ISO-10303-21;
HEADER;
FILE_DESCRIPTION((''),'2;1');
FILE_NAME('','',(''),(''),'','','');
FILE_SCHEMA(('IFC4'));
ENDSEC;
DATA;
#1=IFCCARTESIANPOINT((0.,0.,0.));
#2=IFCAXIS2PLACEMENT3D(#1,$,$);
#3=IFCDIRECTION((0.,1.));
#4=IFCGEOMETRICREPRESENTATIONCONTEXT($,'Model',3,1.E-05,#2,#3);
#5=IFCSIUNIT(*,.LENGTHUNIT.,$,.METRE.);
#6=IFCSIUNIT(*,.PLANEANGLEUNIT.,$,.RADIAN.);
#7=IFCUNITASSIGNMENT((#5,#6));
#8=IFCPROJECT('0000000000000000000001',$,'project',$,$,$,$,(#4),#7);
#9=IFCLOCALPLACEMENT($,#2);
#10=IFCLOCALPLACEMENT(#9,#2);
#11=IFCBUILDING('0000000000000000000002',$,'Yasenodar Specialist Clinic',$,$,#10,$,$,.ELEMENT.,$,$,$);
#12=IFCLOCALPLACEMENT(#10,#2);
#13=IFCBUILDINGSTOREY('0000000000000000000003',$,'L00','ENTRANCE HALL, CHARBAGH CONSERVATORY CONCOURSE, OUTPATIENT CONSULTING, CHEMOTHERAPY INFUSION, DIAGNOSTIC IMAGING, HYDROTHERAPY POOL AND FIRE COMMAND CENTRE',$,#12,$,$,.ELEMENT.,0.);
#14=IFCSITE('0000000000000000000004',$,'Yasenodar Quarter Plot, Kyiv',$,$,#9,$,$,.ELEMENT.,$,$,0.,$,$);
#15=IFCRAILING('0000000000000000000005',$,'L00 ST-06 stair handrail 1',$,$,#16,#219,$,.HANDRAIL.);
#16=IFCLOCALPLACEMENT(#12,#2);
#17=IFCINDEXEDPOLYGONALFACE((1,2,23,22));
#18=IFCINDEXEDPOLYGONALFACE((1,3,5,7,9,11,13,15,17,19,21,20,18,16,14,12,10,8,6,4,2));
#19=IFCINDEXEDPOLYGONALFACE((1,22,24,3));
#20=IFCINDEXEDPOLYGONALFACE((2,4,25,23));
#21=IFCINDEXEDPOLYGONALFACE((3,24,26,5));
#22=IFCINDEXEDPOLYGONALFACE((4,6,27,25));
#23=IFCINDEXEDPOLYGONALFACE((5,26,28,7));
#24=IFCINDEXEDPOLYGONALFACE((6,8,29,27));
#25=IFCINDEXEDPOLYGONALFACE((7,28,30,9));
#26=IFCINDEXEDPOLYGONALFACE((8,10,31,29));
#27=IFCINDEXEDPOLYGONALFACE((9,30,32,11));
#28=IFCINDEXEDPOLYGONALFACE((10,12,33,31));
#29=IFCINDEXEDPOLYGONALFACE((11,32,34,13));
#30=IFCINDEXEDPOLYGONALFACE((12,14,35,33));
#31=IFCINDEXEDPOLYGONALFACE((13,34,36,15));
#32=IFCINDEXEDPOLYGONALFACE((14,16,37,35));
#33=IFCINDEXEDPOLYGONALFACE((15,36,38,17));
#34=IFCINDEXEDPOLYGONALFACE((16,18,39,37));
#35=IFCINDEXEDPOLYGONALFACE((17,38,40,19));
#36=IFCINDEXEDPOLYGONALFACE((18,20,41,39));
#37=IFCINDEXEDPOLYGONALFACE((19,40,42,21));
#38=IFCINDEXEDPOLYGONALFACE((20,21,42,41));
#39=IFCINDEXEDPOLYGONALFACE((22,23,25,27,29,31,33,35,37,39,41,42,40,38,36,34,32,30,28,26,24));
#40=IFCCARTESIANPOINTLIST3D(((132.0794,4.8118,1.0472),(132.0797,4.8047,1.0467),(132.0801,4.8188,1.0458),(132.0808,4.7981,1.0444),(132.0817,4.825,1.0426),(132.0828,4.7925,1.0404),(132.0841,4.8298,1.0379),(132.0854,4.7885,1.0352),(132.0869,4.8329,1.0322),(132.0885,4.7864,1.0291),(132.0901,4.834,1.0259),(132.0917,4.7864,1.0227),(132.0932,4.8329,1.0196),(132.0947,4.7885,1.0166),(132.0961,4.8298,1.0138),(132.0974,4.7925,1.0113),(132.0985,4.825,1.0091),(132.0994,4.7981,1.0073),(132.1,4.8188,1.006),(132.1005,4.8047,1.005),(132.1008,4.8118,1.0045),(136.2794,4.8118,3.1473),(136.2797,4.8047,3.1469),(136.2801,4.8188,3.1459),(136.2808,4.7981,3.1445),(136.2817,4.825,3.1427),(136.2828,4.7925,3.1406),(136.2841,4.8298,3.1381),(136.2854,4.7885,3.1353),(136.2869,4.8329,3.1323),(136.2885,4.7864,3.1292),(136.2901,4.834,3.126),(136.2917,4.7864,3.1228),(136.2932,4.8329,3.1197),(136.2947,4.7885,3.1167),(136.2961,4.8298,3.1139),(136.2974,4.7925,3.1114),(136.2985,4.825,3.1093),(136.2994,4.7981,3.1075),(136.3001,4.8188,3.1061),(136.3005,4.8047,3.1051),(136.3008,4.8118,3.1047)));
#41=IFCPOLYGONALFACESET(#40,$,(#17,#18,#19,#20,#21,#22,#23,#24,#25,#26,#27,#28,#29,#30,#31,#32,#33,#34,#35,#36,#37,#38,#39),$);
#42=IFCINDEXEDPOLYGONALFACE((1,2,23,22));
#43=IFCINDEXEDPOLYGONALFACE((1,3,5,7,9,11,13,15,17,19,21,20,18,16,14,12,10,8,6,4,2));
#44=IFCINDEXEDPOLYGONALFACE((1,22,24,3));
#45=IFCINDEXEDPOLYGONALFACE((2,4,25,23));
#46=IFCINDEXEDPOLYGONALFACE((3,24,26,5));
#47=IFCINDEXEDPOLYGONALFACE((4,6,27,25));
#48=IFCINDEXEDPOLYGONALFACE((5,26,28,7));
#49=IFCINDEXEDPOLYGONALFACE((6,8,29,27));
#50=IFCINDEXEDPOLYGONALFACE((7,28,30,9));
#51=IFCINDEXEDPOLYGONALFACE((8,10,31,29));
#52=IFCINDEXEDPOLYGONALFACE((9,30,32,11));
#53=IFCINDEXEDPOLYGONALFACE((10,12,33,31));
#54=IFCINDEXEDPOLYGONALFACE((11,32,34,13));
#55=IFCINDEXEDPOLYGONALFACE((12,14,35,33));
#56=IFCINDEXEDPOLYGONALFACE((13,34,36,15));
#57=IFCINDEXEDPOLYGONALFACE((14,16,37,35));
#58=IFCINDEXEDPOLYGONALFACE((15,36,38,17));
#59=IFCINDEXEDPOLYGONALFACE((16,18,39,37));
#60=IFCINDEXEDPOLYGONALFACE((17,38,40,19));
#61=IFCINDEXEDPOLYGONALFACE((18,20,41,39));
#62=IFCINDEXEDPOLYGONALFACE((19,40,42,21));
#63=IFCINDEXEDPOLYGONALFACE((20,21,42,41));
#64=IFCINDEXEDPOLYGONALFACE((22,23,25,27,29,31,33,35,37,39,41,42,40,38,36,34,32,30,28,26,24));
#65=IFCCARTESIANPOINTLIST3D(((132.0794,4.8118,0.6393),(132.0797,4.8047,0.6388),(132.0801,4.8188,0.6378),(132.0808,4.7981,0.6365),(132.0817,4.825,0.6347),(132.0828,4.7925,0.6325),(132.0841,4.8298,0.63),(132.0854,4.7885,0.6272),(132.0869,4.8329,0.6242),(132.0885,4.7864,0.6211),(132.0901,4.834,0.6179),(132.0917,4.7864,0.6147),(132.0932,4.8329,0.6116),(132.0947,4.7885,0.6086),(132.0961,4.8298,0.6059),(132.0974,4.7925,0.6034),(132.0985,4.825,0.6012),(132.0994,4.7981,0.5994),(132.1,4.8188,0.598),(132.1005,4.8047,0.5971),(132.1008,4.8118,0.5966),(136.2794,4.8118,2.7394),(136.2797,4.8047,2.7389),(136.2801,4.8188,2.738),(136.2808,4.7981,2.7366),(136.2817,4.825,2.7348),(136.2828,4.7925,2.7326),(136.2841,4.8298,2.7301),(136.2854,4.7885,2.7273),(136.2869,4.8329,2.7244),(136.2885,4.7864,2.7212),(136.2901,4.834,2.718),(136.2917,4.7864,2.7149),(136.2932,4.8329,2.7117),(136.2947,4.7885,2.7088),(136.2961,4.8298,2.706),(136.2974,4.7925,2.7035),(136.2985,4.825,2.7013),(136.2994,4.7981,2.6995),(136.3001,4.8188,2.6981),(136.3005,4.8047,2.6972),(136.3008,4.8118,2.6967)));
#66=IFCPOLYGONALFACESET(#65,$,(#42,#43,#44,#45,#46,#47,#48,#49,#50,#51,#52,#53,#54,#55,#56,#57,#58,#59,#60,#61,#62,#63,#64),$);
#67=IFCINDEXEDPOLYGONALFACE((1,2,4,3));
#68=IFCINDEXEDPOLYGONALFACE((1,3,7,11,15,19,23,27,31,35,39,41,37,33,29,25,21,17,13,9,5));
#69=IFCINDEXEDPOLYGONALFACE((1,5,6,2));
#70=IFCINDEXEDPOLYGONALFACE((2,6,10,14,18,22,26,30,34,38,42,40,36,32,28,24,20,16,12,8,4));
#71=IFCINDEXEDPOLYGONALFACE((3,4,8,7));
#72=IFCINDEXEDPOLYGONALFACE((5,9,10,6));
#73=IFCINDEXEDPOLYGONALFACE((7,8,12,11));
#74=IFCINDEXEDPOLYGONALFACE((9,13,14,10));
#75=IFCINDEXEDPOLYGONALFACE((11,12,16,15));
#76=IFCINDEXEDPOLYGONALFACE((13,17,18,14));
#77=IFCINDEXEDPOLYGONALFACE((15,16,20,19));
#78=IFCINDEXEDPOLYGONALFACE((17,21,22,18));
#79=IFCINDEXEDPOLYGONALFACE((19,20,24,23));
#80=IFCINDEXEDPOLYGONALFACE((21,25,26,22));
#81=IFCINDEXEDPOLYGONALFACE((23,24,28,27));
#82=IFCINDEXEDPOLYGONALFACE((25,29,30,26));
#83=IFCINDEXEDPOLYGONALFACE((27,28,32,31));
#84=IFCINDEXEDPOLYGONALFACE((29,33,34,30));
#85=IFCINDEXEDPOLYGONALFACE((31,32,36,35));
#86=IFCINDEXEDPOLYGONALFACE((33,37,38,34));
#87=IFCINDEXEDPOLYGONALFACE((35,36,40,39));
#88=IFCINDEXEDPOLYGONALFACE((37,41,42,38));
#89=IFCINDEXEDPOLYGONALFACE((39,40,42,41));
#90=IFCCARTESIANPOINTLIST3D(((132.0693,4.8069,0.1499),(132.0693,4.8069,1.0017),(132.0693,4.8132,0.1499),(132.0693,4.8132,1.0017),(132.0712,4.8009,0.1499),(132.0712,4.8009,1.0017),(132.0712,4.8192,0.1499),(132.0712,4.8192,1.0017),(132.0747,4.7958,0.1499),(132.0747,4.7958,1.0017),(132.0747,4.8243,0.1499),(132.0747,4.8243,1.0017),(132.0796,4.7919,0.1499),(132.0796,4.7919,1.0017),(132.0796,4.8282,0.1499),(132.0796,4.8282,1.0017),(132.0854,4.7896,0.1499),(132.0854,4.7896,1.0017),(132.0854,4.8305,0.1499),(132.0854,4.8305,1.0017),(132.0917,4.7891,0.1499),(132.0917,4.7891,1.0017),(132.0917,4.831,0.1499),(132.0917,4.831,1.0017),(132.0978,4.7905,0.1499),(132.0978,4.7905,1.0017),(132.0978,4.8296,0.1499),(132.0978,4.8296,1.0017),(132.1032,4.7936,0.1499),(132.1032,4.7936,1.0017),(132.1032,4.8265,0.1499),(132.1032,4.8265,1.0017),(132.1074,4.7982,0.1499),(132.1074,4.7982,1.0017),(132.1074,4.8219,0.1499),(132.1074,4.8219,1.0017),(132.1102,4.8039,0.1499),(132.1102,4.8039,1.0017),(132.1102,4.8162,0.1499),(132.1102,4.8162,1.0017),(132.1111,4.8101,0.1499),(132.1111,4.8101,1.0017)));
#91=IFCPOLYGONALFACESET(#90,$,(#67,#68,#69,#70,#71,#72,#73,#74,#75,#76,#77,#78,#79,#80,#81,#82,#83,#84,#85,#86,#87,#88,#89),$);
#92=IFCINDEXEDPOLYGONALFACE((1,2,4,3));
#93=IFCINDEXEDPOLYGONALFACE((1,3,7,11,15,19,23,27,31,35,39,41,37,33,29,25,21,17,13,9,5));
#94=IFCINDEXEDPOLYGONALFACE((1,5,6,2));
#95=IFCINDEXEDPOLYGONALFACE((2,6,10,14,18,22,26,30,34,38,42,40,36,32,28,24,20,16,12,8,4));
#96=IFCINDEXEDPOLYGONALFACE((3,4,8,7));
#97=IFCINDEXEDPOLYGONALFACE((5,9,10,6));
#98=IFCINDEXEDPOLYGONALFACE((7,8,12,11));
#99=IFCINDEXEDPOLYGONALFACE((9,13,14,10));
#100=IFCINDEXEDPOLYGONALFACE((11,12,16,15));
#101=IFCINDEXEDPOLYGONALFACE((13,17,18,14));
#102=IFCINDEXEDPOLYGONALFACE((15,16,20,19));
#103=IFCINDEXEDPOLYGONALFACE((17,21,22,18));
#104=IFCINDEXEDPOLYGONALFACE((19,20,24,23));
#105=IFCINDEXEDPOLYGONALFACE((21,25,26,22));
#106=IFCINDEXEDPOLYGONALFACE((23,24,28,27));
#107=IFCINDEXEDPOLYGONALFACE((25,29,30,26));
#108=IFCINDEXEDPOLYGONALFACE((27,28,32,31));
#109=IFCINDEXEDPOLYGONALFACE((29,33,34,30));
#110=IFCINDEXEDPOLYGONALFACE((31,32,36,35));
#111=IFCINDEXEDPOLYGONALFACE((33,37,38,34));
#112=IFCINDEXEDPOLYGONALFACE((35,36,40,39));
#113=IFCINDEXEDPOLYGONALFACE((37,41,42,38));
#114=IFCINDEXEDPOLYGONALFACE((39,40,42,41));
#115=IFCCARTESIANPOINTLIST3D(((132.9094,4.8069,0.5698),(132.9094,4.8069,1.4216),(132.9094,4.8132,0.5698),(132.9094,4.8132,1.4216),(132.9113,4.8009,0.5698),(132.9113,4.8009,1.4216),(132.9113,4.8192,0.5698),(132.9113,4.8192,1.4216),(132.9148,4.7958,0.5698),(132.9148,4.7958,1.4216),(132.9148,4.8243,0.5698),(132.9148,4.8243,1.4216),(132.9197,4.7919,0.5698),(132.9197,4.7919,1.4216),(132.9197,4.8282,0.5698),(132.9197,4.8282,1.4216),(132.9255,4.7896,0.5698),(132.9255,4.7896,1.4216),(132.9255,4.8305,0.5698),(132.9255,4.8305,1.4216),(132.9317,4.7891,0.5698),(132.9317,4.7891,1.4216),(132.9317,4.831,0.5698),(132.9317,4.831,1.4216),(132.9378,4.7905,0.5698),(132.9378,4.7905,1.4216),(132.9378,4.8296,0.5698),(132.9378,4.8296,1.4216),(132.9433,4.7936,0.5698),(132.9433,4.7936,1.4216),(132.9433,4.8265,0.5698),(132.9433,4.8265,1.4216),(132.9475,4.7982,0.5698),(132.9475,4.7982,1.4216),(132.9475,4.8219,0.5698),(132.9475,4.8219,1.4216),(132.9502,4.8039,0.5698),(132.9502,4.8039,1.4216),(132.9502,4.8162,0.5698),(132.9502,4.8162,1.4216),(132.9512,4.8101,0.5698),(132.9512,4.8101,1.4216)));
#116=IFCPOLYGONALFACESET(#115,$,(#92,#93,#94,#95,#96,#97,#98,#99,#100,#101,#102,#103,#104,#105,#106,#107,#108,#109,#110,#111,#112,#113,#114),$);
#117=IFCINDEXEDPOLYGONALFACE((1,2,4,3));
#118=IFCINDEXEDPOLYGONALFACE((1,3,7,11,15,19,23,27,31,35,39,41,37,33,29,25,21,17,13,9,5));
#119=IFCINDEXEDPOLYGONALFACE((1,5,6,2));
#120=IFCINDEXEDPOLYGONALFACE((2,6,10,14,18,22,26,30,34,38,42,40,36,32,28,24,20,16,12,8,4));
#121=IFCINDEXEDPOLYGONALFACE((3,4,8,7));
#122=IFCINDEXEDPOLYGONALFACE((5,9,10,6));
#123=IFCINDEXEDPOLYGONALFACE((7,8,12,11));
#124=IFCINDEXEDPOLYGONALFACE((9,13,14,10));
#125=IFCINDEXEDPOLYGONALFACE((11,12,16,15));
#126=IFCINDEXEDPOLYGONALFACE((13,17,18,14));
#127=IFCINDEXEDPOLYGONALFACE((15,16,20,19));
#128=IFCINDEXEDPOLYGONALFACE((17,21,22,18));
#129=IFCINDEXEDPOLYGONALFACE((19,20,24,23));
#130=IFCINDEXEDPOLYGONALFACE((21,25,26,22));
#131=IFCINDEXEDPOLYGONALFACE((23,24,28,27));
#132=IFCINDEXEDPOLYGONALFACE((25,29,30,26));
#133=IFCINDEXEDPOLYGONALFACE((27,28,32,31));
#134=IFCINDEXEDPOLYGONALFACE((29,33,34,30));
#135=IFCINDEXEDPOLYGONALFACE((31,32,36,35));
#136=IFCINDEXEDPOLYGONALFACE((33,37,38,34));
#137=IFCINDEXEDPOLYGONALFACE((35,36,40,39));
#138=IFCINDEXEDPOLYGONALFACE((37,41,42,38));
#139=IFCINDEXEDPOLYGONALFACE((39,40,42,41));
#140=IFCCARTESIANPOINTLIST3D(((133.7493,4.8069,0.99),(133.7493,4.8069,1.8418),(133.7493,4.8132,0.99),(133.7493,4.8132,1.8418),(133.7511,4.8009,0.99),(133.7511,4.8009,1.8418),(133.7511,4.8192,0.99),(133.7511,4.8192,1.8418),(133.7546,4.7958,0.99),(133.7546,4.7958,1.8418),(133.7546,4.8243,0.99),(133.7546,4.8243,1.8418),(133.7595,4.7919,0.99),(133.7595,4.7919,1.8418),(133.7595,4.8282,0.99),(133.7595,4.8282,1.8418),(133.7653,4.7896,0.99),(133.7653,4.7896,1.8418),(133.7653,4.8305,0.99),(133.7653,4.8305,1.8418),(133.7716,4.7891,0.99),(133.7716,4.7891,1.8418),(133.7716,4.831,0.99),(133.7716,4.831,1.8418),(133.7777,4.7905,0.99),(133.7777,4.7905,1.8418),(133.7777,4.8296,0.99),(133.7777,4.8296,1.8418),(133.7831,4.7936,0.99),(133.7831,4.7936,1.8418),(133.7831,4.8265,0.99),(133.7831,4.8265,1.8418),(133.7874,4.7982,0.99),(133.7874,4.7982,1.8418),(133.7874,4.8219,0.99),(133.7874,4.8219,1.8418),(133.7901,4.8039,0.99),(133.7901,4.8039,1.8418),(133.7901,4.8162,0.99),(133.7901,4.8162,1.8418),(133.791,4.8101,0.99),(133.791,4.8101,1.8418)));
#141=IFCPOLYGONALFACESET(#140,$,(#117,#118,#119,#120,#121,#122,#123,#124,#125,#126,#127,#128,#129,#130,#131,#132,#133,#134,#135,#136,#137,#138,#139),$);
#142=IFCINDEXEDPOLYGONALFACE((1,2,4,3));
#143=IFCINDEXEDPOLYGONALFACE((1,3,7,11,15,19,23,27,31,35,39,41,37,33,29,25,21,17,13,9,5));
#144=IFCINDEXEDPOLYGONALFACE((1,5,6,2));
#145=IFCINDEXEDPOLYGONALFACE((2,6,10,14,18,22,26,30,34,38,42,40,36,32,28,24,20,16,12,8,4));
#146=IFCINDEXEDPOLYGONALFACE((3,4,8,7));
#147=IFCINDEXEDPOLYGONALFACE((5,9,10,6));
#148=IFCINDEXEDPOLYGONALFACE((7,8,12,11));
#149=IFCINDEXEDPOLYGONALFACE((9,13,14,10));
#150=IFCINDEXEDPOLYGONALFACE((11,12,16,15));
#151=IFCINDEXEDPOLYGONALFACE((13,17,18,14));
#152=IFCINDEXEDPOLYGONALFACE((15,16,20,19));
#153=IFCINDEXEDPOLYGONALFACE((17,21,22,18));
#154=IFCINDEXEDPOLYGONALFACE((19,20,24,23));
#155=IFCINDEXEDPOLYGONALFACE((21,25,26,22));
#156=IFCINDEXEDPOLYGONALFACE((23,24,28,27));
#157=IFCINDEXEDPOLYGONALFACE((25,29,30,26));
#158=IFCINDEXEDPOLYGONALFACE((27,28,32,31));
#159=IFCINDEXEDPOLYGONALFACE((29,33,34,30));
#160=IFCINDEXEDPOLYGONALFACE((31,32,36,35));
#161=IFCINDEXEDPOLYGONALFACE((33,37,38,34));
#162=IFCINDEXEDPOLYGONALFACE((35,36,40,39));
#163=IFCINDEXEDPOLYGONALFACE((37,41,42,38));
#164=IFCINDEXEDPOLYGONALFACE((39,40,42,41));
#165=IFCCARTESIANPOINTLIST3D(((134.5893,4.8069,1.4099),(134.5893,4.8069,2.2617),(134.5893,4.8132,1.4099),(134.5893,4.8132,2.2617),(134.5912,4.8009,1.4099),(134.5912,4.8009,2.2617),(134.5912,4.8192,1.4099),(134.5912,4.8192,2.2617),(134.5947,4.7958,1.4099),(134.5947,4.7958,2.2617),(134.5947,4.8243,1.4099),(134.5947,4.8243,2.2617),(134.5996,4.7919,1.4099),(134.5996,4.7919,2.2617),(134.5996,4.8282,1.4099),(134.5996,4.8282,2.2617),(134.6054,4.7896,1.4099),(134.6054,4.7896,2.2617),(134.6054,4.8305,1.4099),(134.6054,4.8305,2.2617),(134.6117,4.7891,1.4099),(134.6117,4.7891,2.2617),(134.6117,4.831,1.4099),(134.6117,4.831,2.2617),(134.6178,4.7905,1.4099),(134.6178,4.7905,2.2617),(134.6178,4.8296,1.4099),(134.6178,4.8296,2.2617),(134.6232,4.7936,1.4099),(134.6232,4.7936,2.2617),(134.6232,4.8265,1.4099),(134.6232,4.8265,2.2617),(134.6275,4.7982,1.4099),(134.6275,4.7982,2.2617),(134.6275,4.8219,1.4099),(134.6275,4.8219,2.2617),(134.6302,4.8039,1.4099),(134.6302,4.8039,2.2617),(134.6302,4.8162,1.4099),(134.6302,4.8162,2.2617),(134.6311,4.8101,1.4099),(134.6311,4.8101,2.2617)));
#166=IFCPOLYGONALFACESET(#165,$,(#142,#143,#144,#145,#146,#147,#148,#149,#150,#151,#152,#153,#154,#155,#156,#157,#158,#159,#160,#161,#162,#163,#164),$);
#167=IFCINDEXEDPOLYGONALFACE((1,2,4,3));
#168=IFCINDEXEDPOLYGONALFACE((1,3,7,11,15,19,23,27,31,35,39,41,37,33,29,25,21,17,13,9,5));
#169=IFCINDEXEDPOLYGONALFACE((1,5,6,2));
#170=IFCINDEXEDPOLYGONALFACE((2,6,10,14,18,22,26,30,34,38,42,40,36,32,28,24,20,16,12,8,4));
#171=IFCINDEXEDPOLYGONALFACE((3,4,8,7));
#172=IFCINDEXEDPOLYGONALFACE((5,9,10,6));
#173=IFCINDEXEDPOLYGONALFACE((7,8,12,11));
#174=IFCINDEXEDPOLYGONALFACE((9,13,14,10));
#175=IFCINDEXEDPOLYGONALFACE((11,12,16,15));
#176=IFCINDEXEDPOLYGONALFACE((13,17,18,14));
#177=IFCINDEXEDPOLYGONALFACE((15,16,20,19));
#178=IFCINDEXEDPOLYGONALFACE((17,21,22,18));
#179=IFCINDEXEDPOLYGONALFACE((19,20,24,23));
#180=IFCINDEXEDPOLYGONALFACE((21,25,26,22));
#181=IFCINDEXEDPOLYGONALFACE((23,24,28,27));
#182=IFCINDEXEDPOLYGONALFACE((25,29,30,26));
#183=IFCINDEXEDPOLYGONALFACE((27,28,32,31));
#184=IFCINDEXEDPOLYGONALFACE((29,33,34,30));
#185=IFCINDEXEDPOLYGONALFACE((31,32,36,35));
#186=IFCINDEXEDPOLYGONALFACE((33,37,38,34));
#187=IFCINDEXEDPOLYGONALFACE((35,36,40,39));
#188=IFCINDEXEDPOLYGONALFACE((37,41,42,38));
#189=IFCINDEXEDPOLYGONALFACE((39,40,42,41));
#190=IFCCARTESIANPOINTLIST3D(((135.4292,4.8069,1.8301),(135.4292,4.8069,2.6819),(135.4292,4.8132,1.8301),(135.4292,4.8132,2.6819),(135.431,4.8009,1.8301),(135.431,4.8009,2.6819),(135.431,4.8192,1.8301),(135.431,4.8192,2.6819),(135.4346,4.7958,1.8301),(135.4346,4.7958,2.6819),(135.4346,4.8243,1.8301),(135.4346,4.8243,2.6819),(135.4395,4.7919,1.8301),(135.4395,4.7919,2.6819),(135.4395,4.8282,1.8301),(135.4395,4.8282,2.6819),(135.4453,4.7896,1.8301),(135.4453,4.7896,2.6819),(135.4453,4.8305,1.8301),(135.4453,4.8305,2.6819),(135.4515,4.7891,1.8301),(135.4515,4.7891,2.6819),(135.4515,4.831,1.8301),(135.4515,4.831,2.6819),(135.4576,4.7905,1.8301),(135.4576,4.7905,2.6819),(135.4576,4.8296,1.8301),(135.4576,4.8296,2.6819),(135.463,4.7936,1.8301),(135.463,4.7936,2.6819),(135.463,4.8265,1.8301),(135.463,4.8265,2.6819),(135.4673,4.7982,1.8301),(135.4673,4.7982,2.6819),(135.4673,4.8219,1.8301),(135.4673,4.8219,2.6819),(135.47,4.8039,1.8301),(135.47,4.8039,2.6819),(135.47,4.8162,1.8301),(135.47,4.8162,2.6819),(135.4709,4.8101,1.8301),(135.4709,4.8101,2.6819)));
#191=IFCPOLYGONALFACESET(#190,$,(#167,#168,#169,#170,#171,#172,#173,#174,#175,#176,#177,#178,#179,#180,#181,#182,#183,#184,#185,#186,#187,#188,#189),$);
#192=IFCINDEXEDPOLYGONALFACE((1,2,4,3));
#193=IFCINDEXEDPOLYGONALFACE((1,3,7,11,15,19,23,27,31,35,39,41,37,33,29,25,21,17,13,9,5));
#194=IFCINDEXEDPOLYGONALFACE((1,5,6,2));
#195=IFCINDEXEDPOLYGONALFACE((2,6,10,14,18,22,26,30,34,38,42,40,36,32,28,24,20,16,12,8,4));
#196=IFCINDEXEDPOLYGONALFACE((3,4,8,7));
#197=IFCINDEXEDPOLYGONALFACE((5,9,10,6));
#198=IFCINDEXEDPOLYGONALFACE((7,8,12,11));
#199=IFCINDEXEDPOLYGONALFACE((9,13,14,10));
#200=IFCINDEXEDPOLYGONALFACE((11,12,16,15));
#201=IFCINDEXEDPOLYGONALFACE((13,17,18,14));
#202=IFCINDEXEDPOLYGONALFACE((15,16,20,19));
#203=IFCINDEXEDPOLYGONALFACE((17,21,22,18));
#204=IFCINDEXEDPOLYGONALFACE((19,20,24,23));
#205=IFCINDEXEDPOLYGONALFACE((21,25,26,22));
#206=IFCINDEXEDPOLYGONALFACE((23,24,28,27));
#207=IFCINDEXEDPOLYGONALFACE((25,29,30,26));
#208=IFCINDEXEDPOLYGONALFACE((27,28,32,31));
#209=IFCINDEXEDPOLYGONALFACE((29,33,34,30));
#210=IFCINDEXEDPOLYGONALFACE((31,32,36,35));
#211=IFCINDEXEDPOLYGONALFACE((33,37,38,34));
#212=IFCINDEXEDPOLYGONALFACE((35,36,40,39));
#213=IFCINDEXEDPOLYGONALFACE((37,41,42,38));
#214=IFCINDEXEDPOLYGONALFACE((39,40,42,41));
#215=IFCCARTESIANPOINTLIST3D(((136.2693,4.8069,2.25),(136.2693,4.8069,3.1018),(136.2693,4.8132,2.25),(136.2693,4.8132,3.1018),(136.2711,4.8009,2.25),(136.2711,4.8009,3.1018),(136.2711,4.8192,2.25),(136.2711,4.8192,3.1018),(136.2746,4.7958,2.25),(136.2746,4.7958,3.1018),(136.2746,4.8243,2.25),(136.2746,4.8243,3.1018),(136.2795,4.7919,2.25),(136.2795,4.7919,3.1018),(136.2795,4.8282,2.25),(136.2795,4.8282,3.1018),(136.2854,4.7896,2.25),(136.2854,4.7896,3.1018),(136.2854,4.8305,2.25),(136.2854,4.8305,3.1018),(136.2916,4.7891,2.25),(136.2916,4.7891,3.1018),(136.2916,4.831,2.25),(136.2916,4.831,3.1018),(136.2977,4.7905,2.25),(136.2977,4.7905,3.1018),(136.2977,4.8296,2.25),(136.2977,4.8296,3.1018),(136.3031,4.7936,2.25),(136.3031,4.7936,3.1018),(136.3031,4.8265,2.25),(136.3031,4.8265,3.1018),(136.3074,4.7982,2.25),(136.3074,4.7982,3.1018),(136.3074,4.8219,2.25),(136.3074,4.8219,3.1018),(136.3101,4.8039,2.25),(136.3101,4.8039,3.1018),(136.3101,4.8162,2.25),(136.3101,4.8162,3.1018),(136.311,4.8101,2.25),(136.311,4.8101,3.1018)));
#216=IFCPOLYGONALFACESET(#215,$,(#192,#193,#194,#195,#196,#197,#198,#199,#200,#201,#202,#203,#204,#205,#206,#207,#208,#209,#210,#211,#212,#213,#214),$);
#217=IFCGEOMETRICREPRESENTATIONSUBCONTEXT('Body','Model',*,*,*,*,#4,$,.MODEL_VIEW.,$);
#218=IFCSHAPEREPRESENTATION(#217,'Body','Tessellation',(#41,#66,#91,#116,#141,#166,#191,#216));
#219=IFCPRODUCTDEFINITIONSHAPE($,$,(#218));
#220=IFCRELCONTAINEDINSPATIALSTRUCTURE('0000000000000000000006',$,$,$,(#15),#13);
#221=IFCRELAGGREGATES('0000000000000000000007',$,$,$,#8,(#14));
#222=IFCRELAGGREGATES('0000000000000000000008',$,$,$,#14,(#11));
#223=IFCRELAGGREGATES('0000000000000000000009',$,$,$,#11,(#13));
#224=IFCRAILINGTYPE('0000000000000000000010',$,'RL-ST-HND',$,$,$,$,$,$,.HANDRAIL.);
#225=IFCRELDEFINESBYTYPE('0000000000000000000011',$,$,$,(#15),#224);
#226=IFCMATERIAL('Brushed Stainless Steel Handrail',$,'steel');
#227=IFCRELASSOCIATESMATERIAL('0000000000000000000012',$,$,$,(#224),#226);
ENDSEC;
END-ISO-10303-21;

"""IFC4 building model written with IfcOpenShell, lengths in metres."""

from ifc_helpers import new_model, si_unit, direction, frame, origin, origin_2d, place, context, subcontext, project, spatial, circle, extrude, material, type_object, element, save


model = new_model("IFC4")

# Units and contexts
model_context = context("Model", 3, precision=1e-05, world=origin(), true_north=direction((0.0, 1.0)))
body_context = subcontext(model_context, "Body", "Model", "MODEL_VIEW")
ifc_project = project(units=[si_unit("LENGTHUNIT", "METRE"), si_unit("PLANEANGLEUNIT", "RADIAN")], contexts=[model_context])

# Site, building, storey
site_placement = place(None, origin())
site = spatial("IfcSite", under=ifc_project, at=site_placement, Name="Yasenodar Quarter Plot, Kyiv", CompositionType="ELEMENT", RefElevation=0.0)
building_placement = place(site_placement, origin())
building = spatial("IfcBuilding", under=site, at=building_placement, Name="Yasenodar Specialist Clinic", CompositionType="ELEMENT")
storey_placement = place(building_placement, origin())
storey = spatial("IfcBuildingStorey", under=building, at=storey_placement, Name="L00", Description="ENTRANCE HALL, CHARBAGH CONSERVATORY CONCOURSE, OUTPATIENT CONSULTING, CHEMOTHERAPY INFUSION, DIAGNOSTIC IMAGING, HYDROTHERAPY POOL AND FIRE COMMAND CENTRE", CompositionType="ELEMENT", Elevation=0.0)

# Railing
ifc_material_1 = material(Name="Brushed Stainless Steel Handrail", Category="steel")
railing_type_1 = type_object("IfcRailingType", Name="RL-ST-HND", PredefinedType="HANDRAIL", material=ifc_material_1)
railing_1_placement = place(storey_placement, frame((132.0901, 4.8101, 0.1499)))
element("IfcRailing", 1, at=railing_1_placement, inside=storey, type_object=railing_type_1, Name="L00 ST-06 stair handrail 1", PredefinedType="HANDRAIL", context=body_context, shape_type="SweptSolid", body=[
    extrude(circle(Radius=0.0239, at=origin_2d()), frame((0.0, 0.0, 0.876), z_axis=(0.894417, 0.0, 0.447234), x_axis=(0.0, 1.0, 0.0)), (0.0, 0.0, 1.0), 4.6958),
    extrude(circle(Radius=0.0239, at=origin_2d()), frame((0.0, 0.0, 0.468), z_axis=(0.894417, 0.0, 0.447234), x_axis=(0.0, 1.0, 0.0)), (0.0, 0.0, 1.0), 4.6958),
    extrude(circle(Radius=0.021, at=origin_2d()), origin(), (0.0, 0.0, 1.0), 0.8518),
    extrude(circle(Radius=0.021, at=origin_2d()), frame((0.8401, 0.0, 0.4199)), (0.0, 0.0, 1.0), 0.8518),
    extrude(circle(Radius=0.021, at=origin_2d()), frame((1.6799, 0.0, 0.8401)), (0.0, 0.0, 1.0), 0.8518),
    extrude(circle(Radius=0.021, at=origin_2d()), frame((2.52, 0.0, 1.26)), (0.0, 0.0, 1.0), 0.8518),
    extrude(circle(Radius=0.021, at=origin_2d()), frame((3.3599, 0.0, 1.6802)), (0.0, 0.0, 1.0), 0.8518),
    extrude(circle(Radius=0.021, at=origin_2d()), frame((4.2, 0.0, 2.1001)), (0.0, 0.0, 1.0), 0.8518),
])

save(model, "model.ifc")
